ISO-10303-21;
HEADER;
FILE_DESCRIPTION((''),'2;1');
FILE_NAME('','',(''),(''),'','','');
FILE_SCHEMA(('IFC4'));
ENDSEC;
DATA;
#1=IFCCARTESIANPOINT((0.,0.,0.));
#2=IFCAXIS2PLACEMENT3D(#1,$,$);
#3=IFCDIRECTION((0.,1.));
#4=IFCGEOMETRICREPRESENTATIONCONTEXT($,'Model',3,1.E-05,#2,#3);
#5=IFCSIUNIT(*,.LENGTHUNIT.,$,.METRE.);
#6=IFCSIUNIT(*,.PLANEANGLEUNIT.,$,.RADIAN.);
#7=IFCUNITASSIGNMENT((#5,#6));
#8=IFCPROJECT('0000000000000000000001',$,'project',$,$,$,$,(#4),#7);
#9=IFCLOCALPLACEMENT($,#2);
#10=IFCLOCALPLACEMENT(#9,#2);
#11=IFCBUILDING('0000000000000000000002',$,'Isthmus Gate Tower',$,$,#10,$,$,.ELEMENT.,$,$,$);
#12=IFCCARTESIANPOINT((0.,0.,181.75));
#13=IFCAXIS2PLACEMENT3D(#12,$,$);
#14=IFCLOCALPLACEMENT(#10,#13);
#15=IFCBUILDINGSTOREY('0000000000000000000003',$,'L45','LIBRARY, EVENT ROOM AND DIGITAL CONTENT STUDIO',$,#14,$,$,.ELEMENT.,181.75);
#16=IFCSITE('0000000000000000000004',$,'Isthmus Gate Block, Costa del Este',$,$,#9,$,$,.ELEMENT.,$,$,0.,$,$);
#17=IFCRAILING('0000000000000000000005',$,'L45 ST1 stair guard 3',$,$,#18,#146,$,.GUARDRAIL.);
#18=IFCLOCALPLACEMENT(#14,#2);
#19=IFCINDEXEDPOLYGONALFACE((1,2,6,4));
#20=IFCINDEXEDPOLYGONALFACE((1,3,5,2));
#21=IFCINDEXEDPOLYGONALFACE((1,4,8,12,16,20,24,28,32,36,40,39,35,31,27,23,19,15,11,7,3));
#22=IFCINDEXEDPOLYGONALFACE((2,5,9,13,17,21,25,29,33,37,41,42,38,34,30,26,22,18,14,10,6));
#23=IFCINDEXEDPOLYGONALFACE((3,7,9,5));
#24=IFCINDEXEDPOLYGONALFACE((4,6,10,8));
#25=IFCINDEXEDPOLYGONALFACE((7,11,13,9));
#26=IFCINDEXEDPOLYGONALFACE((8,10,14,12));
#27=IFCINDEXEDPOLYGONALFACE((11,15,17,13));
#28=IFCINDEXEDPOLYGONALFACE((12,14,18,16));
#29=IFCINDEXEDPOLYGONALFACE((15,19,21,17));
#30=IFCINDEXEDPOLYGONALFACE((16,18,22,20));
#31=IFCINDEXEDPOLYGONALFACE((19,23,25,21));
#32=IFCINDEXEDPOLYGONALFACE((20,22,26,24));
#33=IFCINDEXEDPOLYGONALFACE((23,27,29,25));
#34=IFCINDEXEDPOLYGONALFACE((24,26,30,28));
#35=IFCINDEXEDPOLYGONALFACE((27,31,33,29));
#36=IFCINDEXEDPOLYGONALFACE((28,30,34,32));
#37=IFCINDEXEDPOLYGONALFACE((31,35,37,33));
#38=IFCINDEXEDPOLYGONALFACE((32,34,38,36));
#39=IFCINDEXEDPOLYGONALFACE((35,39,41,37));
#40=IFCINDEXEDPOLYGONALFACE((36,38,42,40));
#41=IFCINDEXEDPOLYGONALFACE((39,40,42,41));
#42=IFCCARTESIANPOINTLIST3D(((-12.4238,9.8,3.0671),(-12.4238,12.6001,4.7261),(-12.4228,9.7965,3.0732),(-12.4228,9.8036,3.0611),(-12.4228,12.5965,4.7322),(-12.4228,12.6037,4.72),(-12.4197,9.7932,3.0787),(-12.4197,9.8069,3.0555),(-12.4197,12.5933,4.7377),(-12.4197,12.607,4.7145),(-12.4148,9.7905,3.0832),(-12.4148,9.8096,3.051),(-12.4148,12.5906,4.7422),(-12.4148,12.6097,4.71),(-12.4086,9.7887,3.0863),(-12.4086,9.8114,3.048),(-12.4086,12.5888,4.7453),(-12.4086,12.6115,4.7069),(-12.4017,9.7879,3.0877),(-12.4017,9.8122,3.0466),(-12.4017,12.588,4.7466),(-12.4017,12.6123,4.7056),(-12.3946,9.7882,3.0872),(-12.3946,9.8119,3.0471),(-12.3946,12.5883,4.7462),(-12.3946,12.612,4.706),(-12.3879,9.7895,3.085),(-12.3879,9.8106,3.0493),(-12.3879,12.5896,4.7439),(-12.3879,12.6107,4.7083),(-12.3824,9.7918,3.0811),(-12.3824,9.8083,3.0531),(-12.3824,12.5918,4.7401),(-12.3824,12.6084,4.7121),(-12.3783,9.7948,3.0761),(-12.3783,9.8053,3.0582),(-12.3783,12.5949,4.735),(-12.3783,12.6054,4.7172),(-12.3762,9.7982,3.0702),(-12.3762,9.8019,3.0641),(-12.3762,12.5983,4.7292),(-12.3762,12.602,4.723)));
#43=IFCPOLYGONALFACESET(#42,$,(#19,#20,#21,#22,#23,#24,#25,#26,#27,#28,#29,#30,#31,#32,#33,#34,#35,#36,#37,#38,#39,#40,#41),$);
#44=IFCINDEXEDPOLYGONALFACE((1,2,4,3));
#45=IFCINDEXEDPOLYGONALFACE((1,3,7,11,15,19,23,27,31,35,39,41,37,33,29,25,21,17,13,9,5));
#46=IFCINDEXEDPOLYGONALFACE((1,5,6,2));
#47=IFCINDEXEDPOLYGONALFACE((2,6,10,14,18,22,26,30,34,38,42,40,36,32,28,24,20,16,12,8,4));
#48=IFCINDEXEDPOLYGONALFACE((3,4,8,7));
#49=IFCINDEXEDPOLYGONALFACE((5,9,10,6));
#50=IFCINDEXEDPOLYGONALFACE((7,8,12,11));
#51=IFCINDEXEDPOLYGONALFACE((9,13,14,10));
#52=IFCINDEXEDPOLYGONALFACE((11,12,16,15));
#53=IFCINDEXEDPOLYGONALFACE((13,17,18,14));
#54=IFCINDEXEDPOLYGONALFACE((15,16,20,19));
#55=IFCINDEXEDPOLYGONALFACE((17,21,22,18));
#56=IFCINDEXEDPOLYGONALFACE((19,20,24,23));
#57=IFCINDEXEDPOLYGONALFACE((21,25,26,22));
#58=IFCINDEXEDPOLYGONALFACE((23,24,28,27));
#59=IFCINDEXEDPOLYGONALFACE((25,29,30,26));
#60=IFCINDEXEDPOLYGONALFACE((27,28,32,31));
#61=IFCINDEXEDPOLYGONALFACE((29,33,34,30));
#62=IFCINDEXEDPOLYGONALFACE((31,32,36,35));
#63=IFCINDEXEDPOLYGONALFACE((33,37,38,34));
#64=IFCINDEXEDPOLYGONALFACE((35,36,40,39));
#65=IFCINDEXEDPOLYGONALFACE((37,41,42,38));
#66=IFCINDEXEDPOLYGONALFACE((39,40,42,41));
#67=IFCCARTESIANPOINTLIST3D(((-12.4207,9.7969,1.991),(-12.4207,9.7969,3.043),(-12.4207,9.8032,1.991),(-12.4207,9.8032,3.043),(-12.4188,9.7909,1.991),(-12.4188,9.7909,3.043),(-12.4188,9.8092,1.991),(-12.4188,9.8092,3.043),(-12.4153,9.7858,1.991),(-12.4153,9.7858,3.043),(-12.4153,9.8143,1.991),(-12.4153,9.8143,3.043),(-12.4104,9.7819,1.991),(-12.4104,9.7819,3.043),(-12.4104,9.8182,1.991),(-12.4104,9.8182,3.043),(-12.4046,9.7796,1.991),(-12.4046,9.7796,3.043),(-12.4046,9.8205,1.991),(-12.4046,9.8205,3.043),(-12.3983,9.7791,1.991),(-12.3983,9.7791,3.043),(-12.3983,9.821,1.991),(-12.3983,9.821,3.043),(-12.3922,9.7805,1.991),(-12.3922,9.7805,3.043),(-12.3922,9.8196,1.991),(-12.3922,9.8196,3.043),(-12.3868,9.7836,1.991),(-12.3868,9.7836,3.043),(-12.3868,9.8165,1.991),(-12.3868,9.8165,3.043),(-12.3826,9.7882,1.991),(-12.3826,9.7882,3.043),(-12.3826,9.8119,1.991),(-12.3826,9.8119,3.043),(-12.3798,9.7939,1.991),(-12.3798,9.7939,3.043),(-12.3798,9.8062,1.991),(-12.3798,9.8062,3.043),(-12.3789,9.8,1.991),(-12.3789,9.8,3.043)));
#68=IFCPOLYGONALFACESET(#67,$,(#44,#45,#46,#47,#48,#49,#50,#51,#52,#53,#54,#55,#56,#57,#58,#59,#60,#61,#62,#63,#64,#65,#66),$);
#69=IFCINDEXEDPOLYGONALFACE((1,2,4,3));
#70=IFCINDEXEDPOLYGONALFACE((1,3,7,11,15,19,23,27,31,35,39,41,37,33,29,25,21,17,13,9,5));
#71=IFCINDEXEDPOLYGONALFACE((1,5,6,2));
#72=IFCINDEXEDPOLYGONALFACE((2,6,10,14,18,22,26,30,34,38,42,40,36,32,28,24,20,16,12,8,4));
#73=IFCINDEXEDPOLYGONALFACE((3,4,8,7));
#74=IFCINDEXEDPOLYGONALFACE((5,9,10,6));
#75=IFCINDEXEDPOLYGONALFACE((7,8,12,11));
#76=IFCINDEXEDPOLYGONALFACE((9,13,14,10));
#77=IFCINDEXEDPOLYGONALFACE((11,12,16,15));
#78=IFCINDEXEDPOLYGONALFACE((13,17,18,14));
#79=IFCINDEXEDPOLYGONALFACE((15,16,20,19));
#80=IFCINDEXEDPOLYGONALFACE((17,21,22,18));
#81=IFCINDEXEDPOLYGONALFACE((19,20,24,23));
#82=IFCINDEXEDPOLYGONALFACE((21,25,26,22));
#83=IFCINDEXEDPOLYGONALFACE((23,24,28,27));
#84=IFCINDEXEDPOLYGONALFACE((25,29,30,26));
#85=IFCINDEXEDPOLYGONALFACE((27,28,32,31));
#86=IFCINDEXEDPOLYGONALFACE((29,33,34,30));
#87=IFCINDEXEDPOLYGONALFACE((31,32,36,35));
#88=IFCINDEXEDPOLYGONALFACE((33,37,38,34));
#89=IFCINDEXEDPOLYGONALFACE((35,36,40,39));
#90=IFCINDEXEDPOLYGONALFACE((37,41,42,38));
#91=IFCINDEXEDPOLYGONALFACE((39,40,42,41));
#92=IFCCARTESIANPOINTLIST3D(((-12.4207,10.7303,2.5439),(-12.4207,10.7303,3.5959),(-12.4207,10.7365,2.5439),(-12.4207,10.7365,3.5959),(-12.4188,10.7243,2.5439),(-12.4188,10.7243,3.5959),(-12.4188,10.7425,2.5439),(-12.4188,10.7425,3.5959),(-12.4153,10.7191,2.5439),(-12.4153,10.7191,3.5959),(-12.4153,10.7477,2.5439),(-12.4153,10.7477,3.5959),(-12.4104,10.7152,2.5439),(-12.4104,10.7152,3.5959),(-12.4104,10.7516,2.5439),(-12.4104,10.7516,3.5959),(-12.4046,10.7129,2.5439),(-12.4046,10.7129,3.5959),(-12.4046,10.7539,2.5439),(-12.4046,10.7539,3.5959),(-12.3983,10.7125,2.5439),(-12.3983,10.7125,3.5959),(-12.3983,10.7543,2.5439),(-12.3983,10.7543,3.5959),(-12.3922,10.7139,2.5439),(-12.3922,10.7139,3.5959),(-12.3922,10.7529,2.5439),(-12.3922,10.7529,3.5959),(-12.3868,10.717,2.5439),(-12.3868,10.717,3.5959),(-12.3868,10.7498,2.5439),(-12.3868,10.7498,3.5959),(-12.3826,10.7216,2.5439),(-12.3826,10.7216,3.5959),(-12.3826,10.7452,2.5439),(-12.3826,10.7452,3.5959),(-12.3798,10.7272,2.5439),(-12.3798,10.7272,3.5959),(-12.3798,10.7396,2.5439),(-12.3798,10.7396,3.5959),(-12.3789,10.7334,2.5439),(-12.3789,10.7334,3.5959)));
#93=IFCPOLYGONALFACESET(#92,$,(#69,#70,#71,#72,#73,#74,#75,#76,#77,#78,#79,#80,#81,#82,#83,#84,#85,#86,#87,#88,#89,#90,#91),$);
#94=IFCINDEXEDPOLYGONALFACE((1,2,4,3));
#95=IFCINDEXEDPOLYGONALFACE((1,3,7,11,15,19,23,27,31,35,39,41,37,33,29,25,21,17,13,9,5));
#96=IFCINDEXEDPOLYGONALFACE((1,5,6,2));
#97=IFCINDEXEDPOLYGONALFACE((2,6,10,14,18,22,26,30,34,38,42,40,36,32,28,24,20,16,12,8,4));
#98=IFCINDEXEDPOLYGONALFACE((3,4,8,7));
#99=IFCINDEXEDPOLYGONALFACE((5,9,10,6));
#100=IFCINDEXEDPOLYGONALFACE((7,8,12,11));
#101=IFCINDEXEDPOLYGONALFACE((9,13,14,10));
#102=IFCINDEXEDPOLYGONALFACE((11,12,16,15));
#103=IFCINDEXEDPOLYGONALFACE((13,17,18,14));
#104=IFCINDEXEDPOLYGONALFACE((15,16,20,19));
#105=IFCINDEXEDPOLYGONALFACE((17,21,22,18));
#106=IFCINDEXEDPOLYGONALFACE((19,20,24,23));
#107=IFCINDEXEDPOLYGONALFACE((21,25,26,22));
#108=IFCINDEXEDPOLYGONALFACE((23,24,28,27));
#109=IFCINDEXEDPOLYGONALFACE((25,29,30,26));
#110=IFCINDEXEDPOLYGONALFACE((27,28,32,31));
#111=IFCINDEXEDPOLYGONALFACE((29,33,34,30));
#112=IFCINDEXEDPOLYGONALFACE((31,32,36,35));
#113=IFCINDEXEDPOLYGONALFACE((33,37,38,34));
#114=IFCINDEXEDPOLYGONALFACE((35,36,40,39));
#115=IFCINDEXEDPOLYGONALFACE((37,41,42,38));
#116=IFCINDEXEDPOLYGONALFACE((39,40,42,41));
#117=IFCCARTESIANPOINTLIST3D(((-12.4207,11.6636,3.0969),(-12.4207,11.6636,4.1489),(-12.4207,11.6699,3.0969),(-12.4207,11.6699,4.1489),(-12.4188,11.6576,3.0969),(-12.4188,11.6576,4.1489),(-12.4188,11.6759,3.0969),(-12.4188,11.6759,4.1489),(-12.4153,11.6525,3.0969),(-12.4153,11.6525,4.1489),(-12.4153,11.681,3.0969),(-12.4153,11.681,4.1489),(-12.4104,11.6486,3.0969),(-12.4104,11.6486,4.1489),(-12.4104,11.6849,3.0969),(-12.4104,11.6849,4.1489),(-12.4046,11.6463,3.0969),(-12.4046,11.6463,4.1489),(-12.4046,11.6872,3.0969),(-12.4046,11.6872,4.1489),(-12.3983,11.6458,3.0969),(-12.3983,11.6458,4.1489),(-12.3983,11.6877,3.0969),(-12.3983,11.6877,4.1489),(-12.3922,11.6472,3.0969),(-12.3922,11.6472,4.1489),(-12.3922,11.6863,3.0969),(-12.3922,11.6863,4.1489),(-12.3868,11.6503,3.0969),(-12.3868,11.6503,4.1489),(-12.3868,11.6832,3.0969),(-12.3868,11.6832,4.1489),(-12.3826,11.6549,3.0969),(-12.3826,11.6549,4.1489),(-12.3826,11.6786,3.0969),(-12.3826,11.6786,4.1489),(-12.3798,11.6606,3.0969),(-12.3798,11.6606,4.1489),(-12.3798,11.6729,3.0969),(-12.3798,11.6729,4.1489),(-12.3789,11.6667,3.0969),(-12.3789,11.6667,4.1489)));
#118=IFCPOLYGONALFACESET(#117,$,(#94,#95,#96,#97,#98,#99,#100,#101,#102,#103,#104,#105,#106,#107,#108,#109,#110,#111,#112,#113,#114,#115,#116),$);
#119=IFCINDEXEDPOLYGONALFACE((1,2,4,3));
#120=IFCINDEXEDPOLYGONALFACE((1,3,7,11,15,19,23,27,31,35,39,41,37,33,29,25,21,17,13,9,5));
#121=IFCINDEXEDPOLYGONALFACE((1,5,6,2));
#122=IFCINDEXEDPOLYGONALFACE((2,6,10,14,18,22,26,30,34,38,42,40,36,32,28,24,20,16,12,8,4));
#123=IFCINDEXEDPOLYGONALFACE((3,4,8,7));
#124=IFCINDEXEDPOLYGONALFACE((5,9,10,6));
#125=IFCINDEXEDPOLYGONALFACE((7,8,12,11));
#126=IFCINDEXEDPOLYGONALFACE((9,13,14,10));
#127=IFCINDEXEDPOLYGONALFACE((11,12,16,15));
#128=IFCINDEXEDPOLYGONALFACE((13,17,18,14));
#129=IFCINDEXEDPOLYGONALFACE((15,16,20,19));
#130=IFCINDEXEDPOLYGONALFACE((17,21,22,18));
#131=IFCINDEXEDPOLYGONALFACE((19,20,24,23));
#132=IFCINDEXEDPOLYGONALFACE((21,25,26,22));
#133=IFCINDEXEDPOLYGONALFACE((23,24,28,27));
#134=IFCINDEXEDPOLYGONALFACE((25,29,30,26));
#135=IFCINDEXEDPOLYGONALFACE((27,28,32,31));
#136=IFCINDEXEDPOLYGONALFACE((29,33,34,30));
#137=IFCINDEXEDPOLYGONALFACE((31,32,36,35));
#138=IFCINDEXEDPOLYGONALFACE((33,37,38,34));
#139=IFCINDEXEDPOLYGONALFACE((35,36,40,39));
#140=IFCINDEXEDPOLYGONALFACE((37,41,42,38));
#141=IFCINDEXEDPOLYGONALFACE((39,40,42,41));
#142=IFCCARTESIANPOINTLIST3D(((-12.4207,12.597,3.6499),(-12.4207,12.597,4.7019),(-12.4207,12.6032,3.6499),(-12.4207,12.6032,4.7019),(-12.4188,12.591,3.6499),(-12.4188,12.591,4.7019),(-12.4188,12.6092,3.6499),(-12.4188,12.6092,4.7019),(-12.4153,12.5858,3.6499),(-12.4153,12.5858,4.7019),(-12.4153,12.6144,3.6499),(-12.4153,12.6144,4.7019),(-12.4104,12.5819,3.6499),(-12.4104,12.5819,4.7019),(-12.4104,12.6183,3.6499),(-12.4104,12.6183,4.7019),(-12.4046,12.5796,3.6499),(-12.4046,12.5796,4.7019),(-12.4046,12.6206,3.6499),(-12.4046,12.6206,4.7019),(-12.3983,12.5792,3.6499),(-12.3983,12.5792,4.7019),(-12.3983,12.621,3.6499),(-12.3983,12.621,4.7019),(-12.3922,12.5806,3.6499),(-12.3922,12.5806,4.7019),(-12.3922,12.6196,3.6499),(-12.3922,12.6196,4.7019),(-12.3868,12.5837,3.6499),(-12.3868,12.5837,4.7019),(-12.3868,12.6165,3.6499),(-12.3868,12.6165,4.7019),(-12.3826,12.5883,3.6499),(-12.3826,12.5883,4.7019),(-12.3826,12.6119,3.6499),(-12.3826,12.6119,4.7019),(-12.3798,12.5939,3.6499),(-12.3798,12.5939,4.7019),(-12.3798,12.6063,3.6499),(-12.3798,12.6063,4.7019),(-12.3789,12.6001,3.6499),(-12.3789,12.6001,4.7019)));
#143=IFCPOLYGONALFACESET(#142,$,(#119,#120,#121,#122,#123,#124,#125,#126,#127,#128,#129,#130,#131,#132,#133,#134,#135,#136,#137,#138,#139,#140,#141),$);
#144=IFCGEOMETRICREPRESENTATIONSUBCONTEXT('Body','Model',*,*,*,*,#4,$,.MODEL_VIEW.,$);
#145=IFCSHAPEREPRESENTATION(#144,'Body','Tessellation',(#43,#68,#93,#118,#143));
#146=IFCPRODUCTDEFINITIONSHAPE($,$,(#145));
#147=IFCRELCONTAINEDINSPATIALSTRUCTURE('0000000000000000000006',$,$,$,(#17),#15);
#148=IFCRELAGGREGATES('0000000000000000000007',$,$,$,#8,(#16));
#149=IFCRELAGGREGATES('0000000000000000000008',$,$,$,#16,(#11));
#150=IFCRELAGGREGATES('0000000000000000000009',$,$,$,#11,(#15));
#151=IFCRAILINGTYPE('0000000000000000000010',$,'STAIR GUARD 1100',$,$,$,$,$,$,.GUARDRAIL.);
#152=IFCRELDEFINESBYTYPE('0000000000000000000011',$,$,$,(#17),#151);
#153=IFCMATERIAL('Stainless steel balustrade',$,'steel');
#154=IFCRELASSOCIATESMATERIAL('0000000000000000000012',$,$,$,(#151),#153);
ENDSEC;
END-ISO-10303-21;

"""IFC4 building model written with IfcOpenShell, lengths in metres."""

from ifc_helpers import new_model, si_unit, direction, frame, origin, origin_2d, place, context, subcontext, project, spatial, circle, extrude, material, type_object, element, save


model = new_model("IFC4")

# Units and contexts
model_context = context("Model", 3, precision=1e-05, world=origin(), true_north=direction((0.0, 1.0)))
body_context = subcontext(model_context, "Body", "Model", "MODEL_VIEW")
ifc_project = project(units=[si_unit("LENGTHUNIT", "METRE"), si_unit("PLANEANGLEUNIT", "RADIAN")], contexts=[model_context])

# Site, building, storey
site_placement = place(None, origin())
site = spatial("IfcSite", under=ifc_project, at=site_placement, Name="Isthmus Gate Block, Costa del Este", CompositionType="ELEMENT", RefElevation=0.0)
building_placement = place(site_placement, origin())
building = spatial("IfcBuilding", under=site, at=building_placement, Name="Isthmus Gate Tower", CompositionType="ELEMENT")
storey_placement = place(building_placement, frame((0.0, 0.0, 181.75)))
storey = spatial("IfcBuildingStorey", under=building, at=storey_placement, Name="L45", Description="LIBRARY, EVENT ROOM AND DIGITAL CONTENT STUDIO", CompositionType="ELEMENT", Elevation=181.75)

# Railing
ifc_material_1 = material(Name="Stainless steel balustrade", Category="steel")
railing_type_1 = type_object("IfcRailingType", Name="STAIR GUARD 1100", PredefinedType="GUARDRAIL", material=ifc_material_1)
railing_1_placement = place(storey_placement, frame((-12.3999, 9.8, 1.991)))
element("IfcRailing", 1, at=railing_1_placement, inside=storey, type_object=railing_type_1, Name="L45 ST1 stair guard 3", PredefinedType="GUARDRAIL", context=body_context, shape_type="SweptSolid", body=[
    extrude(circle(Radius=0.0239, at=origin_2d()), frame((0.0, 0.0, 1.0762), z_axis=(0.0, 0.860339, 0.509722), x_axis=(-1.0, 0.0, 0.0)), (0.0, 0.0, 1.0), 3.2546),
    extrude(circle(Radius=0.021, at=origin_2d()), origin(), (0.0, 0.0, 1.0), 1.052),
    extrude(circle(Radius=0.021, at=origin_2d()), frame((0.0, 0.9333, 0.553)), (0.0, 0.0, 1.0), 1.052),
    extrude(circle(Radius=0.021, at=origin_2d()), frame((0.0, 1.8667, 1.106)), (0.0, 0.0, 1.0), 1.052),
    extrude(circle(Radius=0.021, at=origin_2d()), frame((0.0, 2.8, 1.6589)), (0.0, 0.0, 1.0), 1.052),
])

save(model, "model.ifc")
